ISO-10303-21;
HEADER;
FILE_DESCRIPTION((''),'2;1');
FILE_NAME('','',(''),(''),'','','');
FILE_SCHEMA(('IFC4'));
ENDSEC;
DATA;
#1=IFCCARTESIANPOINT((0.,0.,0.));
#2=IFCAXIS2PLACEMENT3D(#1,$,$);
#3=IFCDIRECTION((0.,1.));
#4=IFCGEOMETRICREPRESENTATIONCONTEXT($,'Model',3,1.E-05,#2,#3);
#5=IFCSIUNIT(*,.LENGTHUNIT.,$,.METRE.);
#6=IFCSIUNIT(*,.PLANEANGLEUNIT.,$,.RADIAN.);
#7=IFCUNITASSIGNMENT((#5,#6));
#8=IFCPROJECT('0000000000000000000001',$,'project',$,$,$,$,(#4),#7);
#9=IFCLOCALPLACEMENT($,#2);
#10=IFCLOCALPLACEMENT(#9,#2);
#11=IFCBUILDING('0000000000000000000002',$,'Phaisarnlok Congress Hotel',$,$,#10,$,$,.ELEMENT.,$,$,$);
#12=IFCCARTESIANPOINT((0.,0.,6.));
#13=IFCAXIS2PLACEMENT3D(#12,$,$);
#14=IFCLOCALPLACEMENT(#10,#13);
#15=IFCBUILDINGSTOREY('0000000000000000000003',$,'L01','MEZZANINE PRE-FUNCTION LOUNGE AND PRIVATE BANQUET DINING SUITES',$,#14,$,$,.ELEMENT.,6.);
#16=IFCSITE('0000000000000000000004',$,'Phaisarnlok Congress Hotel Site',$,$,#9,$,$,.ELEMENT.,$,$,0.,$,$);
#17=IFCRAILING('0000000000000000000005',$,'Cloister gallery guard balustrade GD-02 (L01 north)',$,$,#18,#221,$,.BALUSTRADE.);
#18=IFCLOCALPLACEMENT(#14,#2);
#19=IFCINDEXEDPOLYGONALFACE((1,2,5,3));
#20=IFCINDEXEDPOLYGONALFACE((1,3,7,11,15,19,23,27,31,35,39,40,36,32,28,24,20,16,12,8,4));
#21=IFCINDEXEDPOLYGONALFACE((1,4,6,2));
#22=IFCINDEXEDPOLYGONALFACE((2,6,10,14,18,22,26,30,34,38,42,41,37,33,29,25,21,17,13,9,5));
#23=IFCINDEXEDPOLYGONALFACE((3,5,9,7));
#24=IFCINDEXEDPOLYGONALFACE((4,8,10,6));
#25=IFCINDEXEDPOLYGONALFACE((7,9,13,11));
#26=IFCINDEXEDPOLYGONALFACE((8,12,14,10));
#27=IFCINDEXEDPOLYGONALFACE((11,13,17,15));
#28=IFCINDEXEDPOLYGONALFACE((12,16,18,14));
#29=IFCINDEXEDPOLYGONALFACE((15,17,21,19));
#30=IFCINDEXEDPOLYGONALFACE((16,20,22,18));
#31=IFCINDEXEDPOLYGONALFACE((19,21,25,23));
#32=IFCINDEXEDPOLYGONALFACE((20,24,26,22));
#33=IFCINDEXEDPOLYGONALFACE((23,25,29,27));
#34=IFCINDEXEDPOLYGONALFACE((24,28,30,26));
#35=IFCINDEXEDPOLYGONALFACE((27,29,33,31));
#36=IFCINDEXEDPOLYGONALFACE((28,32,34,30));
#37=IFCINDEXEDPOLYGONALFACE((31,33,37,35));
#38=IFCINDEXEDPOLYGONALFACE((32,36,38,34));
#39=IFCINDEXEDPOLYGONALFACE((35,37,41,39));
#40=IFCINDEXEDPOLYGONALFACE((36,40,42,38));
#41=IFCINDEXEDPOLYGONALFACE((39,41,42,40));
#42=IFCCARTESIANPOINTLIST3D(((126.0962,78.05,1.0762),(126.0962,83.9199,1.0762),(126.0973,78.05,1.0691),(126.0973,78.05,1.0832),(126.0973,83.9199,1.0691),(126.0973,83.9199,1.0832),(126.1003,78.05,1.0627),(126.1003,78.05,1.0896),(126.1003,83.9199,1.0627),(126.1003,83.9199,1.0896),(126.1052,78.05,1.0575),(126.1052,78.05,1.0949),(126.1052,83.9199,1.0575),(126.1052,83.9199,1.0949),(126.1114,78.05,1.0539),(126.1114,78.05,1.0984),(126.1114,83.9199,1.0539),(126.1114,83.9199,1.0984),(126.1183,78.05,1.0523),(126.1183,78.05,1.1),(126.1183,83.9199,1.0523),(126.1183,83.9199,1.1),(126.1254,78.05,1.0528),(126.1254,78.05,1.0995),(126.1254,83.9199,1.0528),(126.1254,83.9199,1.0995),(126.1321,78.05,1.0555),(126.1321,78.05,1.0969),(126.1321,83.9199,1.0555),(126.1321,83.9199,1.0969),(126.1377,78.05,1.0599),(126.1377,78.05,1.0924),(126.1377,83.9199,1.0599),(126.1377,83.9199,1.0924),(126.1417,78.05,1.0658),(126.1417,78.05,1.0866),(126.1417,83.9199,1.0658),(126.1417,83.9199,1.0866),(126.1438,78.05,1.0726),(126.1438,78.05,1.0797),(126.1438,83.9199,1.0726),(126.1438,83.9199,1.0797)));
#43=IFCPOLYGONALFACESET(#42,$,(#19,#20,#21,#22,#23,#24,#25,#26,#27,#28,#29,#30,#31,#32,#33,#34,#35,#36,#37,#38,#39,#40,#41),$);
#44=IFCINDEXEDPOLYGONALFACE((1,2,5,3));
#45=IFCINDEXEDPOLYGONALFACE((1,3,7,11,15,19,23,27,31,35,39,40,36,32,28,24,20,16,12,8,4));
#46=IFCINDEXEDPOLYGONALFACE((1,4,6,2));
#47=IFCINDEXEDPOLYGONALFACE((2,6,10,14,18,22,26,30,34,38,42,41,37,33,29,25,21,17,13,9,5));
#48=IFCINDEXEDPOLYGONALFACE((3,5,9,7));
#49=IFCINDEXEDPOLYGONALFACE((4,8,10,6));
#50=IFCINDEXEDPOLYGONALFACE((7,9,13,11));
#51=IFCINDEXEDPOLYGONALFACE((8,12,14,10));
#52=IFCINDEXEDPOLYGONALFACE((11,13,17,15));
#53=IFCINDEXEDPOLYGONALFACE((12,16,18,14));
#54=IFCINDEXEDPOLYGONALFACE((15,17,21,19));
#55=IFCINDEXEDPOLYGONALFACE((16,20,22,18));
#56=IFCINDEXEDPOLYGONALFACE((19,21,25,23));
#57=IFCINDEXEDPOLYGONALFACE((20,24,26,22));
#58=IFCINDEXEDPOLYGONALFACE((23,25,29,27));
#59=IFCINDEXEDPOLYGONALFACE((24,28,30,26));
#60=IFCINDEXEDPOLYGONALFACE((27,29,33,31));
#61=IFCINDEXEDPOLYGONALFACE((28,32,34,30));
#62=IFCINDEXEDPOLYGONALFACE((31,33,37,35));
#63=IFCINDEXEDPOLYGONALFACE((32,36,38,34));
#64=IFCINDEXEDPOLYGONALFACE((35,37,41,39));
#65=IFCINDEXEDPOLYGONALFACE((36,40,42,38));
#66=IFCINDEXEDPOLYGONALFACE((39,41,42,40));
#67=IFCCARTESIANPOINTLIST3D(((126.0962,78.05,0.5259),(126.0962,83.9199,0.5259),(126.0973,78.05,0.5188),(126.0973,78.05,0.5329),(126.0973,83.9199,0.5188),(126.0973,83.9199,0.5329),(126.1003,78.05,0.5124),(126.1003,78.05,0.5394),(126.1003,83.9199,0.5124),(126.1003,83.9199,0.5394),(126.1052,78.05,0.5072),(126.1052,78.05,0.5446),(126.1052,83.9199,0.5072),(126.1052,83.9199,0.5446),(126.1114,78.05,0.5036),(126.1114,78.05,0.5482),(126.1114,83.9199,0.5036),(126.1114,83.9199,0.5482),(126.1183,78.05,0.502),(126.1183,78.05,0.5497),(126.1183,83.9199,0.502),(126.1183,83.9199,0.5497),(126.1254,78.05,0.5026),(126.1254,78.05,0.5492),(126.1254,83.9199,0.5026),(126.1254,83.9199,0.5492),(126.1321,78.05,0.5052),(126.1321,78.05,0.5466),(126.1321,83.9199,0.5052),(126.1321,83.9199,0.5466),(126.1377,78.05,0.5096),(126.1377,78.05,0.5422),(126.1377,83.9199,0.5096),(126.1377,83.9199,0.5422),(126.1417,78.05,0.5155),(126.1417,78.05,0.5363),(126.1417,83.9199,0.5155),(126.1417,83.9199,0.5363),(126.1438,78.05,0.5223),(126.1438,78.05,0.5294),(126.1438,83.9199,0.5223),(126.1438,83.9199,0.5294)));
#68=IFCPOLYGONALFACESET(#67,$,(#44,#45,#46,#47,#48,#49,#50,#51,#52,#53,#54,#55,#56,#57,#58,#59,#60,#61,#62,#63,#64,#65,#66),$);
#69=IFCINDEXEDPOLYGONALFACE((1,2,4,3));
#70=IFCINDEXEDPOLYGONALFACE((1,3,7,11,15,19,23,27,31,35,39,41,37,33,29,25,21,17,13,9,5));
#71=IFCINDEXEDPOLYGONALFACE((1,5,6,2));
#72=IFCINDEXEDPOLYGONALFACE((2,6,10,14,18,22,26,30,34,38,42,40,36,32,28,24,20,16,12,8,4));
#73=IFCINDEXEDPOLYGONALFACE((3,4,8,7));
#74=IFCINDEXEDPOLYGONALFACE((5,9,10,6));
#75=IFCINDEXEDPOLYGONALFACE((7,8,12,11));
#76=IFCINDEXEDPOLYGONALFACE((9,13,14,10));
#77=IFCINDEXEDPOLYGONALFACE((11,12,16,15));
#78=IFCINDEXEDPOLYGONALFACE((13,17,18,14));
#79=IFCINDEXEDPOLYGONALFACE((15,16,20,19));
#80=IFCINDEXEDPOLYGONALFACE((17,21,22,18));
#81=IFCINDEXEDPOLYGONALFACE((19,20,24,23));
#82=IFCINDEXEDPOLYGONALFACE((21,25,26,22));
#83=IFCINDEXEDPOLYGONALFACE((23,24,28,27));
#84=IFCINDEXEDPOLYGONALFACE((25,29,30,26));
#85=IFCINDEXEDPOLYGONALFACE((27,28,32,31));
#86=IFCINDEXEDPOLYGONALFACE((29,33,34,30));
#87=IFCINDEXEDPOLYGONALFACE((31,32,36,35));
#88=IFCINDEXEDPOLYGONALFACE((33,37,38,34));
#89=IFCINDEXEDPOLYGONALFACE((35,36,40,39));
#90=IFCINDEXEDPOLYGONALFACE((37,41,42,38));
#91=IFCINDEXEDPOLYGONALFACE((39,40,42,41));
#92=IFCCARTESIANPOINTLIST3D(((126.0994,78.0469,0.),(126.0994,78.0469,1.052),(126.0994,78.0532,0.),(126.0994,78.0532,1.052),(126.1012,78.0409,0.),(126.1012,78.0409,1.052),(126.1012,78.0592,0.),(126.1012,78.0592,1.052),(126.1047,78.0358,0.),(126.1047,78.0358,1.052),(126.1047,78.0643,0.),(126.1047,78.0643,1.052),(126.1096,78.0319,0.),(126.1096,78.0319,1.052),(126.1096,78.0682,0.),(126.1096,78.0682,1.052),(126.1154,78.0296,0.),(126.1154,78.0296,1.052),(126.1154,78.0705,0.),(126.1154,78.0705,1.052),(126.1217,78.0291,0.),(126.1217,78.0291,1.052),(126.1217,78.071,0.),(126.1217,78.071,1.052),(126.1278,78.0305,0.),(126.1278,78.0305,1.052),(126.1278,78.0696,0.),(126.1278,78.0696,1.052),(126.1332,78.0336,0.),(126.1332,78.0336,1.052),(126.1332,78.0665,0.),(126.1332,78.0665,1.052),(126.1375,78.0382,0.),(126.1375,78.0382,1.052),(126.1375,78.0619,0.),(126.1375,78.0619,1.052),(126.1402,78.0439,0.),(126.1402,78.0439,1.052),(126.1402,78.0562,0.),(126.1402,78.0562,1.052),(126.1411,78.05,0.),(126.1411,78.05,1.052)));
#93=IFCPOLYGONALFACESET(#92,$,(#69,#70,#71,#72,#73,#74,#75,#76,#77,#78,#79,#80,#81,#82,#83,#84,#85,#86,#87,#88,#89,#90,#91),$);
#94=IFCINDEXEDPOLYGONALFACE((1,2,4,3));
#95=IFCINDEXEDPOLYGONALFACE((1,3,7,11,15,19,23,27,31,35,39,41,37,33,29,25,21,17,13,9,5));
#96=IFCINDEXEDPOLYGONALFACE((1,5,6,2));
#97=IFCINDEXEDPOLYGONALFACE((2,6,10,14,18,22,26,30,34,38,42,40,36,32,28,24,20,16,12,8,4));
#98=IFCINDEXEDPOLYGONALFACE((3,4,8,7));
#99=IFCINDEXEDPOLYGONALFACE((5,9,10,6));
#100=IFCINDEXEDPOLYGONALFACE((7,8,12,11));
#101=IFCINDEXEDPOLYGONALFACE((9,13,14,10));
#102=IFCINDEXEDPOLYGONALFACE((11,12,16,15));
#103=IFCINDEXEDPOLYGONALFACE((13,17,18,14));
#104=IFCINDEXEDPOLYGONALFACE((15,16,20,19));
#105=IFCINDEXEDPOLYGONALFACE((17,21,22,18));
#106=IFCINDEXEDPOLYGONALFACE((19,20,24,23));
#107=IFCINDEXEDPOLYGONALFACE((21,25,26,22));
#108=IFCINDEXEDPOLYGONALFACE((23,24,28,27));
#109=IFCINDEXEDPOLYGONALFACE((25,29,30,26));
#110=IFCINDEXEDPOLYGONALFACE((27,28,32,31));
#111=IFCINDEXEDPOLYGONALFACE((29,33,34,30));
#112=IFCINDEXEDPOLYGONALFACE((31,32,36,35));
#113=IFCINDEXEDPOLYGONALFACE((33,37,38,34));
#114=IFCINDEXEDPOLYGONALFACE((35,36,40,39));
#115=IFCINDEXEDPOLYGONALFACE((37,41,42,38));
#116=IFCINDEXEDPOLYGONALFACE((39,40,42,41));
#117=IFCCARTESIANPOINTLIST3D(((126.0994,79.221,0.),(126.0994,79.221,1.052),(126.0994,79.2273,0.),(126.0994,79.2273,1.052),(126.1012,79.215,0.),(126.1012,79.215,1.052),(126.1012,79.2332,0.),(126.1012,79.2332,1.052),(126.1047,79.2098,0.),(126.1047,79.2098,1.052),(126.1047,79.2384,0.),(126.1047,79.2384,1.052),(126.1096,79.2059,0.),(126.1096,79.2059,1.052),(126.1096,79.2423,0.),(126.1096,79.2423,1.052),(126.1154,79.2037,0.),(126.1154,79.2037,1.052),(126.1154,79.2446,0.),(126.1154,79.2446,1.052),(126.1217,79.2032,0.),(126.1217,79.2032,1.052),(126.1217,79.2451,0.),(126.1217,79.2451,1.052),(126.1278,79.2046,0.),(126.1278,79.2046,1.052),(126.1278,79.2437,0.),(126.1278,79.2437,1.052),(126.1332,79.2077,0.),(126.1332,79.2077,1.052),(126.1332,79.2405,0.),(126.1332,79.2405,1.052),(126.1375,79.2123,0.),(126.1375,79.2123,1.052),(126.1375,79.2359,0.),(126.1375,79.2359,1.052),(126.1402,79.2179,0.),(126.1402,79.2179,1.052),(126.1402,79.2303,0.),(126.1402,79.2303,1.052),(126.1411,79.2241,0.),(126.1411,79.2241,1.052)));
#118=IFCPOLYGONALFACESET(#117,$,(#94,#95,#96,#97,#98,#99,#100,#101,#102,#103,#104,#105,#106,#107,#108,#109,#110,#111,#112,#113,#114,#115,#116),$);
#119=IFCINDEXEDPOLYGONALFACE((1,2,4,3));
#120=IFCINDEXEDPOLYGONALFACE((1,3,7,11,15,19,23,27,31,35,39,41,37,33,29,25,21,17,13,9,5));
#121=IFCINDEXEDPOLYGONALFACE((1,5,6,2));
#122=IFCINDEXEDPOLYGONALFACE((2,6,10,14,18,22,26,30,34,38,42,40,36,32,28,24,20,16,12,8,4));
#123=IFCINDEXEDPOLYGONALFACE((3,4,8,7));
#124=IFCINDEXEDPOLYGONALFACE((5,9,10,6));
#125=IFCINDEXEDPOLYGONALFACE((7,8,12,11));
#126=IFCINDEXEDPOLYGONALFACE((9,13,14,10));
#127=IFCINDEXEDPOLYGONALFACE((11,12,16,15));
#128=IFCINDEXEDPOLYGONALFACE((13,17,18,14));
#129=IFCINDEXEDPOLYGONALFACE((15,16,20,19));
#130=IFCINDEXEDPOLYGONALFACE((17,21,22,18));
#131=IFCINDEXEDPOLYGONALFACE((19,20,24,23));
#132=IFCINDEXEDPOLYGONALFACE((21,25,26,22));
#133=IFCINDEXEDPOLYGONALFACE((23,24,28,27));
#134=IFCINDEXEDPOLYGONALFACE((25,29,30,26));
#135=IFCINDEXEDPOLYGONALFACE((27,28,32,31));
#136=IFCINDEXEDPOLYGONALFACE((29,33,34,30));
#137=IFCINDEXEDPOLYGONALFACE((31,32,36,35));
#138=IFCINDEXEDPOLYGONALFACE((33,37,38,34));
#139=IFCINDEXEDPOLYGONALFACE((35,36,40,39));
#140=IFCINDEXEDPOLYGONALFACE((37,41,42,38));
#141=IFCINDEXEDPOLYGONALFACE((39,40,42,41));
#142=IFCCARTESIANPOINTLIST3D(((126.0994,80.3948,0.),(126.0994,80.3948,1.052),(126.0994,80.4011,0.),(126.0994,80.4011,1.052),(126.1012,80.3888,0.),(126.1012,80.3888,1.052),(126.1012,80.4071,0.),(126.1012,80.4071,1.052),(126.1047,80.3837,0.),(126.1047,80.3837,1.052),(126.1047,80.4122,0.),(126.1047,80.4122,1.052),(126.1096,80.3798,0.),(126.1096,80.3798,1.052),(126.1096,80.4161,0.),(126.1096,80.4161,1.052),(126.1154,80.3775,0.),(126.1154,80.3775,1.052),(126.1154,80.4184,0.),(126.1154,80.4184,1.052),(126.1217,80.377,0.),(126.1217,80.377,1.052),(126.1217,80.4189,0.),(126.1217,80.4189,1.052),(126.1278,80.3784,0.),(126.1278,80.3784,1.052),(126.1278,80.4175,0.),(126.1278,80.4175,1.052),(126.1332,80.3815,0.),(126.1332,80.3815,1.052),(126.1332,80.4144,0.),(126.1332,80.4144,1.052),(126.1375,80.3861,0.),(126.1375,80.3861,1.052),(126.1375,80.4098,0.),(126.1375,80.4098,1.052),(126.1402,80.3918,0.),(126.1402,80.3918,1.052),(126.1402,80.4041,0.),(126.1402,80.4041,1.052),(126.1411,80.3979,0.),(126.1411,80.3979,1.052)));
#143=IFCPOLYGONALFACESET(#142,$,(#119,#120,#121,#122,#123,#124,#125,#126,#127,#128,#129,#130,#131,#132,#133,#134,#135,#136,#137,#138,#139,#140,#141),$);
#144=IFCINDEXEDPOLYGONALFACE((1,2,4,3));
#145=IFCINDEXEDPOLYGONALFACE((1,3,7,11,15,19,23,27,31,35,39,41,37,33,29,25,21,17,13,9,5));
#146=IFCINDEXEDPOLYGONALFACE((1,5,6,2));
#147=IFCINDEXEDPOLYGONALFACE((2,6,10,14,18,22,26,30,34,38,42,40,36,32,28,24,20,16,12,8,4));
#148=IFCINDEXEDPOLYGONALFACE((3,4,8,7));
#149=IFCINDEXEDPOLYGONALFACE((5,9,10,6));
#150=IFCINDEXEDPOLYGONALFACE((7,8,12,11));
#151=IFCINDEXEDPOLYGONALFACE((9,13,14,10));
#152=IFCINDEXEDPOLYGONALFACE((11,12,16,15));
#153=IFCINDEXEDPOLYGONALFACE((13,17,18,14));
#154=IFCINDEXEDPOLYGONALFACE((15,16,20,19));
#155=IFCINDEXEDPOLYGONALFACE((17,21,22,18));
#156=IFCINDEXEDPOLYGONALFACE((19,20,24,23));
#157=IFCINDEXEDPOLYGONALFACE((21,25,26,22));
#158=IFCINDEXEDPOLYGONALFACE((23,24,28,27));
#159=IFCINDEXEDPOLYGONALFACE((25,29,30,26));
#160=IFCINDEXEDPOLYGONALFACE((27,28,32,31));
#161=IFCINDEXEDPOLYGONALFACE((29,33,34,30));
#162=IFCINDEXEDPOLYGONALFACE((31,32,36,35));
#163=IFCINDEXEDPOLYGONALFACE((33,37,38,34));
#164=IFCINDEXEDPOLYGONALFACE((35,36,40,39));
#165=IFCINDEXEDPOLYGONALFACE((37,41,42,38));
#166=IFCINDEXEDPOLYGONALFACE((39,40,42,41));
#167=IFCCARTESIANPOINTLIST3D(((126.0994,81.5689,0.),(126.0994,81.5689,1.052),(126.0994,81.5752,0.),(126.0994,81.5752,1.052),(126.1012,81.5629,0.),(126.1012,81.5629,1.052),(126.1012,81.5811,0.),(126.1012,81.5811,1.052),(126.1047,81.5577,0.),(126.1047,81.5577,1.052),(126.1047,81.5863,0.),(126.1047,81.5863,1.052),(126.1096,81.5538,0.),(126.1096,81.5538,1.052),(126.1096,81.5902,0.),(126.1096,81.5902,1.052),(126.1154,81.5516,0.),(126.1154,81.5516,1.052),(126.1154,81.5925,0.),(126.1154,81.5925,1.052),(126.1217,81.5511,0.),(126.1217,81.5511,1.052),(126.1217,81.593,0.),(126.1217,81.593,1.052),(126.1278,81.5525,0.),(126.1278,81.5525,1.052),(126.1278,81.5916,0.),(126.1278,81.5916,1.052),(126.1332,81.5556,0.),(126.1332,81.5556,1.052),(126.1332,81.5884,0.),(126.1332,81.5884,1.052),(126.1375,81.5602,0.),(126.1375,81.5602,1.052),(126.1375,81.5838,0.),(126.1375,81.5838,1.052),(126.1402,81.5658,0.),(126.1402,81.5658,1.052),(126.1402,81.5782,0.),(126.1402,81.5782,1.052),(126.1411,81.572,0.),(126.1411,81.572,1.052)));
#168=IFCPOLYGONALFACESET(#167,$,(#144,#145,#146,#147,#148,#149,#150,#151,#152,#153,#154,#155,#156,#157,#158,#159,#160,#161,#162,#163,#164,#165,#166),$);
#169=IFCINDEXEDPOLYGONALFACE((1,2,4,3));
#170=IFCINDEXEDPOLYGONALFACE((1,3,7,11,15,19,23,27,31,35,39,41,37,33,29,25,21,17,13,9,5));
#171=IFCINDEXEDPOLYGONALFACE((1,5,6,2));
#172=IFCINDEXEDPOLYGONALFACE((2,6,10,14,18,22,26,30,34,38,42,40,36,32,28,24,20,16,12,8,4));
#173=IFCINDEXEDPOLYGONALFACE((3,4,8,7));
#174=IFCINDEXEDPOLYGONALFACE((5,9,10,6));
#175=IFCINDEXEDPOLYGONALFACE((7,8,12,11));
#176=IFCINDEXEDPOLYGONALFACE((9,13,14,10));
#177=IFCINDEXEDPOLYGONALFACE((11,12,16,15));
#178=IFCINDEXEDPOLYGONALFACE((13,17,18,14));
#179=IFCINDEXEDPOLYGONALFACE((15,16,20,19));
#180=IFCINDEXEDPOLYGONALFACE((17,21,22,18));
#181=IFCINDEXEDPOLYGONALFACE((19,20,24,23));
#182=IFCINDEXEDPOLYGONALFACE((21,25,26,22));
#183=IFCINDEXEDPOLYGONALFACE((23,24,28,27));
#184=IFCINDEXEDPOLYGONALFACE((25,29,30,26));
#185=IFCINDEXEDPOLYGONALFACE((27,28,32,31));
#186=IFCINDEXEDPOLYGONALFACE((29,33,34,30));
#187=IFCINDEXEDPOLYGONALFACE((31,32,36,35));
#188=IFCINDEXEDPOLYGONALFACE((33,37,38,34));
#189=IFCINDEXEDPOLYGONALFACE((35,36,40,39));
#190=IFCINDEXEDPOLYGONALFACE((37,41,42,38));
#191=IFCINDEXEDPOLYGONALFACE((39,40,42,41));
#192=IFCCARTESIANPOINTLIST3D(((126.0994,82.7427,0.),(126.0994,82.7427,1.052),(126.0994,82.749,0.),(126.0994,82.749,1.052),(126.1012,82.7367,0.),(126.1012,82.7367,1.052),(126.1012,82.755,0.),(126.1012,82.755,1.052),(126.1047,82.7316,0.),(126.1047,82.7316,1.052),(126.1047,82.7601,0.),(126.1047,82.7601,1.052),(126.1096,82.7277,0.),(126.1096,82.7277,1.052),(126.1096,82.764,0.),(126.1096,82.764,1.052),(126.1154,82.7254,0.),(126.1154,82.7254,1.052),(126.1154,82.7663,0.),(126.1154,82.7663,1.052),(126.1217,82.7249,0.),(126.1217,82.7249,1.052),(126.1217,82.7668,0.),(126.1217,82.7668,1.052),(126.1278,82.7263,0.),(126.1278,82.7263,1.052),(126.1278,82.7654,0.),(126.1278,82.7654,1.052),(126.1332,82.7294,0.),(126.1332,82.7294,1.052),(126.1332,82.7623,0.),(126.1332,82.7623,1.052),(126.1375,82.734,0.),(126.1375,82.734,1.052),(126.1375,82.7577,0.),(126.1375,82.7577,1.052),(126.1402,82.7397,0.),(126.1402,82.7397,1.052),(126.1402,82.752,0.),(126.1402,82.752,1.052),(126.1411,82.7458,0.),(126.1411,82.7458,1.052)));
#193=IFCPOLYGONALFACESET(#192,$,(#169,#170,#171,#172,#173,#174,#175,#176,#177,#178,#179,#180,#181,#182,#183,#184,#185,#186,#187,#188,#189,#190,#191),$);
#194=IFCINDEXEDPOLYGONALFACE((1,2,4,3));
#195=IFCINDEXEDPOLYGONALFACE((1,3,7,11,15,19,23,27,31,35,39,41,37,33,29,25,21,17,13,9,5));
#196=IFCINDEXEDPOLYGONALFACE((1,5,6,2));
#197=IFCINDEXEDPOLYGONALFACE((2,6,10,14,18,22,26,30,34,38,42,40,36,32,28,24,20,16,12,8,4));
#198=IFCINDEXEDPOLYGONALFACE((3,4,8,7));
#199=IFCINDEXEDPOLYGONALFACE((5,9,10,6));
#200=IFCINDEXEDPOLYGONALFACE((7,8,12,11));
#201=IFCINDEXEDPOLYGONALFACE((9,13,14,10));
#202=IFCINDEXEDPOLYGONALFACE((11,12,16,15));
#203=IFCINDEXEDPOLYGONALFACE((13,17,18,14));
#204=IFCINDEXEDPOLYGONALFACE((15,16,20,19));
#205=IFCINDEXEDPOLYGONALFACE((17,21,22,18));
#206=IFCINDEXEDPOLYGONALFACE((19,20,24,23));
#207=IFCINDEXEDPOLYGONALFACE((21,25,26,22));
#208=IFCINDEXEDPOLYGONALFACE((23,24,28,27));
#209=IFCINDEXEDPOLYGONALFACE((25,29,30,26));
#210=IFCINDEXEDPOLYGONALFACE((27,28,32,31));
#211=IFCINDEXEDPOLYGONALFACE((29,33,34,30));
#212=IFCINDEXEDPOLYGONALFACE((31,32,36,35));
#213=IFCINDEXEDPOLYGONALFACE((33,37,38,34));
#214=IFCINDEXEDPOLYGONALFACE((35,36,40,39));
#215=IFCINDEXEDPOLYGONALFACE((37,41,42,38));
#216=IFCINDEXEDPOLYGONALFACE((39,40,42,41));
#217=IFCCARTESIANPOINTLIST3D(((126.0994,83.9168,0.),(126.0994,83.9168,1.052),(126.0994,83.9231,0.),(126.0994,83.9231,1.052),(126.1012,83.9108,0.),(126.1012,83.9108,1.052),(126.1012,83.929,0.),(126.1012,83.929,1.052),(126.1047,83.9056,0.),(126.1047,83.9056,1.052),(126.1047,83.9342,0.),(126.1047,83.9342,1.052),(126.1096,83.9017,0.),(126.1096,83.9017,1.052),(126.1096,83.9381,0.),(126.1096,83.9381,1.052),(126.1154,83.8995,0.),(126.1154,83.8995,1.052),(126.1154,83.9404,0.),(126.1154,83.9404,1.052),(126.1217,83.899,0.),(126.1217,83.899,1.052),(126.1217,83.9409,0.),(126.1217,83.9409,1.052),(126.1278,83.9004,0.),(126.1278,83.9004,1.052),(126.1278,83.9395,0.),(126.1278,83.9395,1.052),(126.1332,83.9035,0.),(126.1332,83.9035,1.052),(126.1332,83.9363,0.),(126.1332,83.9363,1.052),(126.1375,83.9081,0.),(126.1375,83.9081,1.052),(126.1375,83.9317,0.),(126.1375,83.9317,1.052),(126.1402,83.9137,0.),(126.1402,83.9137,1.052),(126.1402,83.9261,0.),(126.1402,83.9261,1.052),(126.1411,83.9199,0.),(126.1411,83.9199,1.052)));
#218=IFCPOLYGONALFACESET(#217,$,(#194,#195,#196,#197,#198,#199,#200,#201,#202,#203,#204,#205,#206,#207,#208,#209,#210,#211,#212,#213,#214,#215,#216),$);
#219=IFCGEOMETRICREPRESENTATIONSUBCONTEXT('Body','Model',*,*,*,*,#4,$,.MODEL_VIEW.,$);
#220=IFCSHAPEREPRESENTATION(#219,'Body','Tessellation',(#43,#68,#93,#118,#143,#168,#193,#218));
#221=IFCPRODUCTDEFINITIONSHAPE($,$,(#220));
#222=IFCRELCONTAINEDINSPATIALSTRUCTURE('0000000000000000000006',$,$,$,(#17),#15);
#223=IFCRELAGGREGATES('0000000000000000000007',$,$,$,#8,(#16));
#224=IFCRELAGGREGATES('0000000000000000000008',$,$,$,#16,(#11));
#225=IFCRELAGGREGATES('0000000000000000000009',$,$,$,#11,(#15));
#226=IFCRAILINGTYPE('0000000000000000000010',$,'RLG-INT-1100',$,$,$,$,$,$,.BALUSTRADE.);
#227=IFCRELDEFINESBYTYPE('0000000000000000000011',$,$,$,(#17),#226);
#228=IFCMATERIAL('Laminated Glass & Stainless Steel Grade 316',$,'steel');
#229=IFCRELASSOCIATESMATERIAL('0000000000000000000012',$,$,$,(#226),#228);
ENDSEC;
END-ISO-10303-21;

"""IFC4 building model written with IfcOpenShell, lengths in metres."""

from ifc_helpers import new_model, si_unit, direction, frame, origin, origin_2d, place, context, subcontext, project, spatial, circle, extrude, material, type_object, element, save


model = new_model("IFC4")

# Units and contexts
model_context = context("Model", 3, precision=1e-05, world=origin(), true_north=direction((0.0, 1.0)))
body_context = subcontext(model_context, "Body", "Model", "MODEL_VIEW")
ifc_project = project(units=[si_unit("LENGTHUNIT", "METRE"), si_unit("PLANEANGLEUNIT", "RADIAN")], contexts=[model_context])

# Site, building, storey
site_placement = place(None, origin())
site = spatial("IfcSite", under=ifc_project, at=site_placement, Name="Phaisarnlok Congress Hotel Site", CompositionType="ELEMENT", RefElevation=0.0)
building_placement = place(site_placement, origin())
building = spatial("IfcBuilding", under=site, at=building_placement, Name="Phaisarnlok Congress Hotel", CompositionType="ELEMENT")
storey_placement = place(building_placement, frame((0.0, 0.0, 6.0)))
storey = spatial("IfcBuildingStorey", under=building, at=storey_placement, Name="L01", Description="MEZZANINE PRE-FUNCTION LOUNGE AND PRIVATE BANQUET DINING SUITES", CompositionType="ELEMENT", Elevation=6.0)

# Railing
ifc_material_1 = material(Name="Laminated Glass & Stainless Steel Grade 316", Category="steel")
railing_type = type_object("IfcRailingType", Name="RLG-INT-1100", PredefinedType="BALUSTRADE", material=ifc_material_1)
railing_placement = place(storey_placement, frame((126.1201, 78.05, 0.0)))
element("IfcRailing", 1, at=railing_placement, inside=storey, type_object=railing_type, Name="Cloister gallery guard balustrade GD-02 (L01 north)", PredefinedType="BALUSTRADE", context=body_context, shape_type="SweptSolid", body=[
    extrude(circle(Radius=0.0239, at=origin_2d()), frame((0.0, 0.0, 1.0762), z_axis=(0.0, 1.0, 0.0), x_axis=(-1.0, 0.0, 0.0)), (0.0, 0.0, 1.0), 5.8699),
    extrude(circle(Radius=0.0239, at=origin_2d()), frame((0.0, 0.0, 0.5259), z_axis=(0.0, 1.0, 0.0), x_axis=(-1.0, 0.0, 0.0)), (0.0, 0.0, 1.0), 5.8699),
    extrude(circle(Radius=0.021, at=origin_2d()), origin(), (0.0, 0.0, 1.0), 1.052),
    extrude(circle(Radius=0.021, at=origin_2d()), frame((0.0, 1.1741, 0.0)), (0.0, 0.0, 1.0), 1.052),
    extrude(circle(Radius=0.021, at=origin_2d()), frame((0.0, 2.3479, 0.0)), (0.0, 0.0, 1.0), 1.052),
    extrude(circle(Radius=0.021, at=origin_2d()), frame((0.0, 3.522, 0.0)), (0.0, 0.0, 1.0), 1.052),
    extrude(circle(Radius=0.021, at=origin_2d()), frame((0.0, 4.6958, 0.0)), (0.0, 0.0, 1.0), 1.052),
    extrude(circle(Radius=0.021, at=origin_2d()), frame((0.0, 5.8699, 0.0)), (0.0, 0.0, 1.0), 1.052),
])

save(model, "model.ifc")
